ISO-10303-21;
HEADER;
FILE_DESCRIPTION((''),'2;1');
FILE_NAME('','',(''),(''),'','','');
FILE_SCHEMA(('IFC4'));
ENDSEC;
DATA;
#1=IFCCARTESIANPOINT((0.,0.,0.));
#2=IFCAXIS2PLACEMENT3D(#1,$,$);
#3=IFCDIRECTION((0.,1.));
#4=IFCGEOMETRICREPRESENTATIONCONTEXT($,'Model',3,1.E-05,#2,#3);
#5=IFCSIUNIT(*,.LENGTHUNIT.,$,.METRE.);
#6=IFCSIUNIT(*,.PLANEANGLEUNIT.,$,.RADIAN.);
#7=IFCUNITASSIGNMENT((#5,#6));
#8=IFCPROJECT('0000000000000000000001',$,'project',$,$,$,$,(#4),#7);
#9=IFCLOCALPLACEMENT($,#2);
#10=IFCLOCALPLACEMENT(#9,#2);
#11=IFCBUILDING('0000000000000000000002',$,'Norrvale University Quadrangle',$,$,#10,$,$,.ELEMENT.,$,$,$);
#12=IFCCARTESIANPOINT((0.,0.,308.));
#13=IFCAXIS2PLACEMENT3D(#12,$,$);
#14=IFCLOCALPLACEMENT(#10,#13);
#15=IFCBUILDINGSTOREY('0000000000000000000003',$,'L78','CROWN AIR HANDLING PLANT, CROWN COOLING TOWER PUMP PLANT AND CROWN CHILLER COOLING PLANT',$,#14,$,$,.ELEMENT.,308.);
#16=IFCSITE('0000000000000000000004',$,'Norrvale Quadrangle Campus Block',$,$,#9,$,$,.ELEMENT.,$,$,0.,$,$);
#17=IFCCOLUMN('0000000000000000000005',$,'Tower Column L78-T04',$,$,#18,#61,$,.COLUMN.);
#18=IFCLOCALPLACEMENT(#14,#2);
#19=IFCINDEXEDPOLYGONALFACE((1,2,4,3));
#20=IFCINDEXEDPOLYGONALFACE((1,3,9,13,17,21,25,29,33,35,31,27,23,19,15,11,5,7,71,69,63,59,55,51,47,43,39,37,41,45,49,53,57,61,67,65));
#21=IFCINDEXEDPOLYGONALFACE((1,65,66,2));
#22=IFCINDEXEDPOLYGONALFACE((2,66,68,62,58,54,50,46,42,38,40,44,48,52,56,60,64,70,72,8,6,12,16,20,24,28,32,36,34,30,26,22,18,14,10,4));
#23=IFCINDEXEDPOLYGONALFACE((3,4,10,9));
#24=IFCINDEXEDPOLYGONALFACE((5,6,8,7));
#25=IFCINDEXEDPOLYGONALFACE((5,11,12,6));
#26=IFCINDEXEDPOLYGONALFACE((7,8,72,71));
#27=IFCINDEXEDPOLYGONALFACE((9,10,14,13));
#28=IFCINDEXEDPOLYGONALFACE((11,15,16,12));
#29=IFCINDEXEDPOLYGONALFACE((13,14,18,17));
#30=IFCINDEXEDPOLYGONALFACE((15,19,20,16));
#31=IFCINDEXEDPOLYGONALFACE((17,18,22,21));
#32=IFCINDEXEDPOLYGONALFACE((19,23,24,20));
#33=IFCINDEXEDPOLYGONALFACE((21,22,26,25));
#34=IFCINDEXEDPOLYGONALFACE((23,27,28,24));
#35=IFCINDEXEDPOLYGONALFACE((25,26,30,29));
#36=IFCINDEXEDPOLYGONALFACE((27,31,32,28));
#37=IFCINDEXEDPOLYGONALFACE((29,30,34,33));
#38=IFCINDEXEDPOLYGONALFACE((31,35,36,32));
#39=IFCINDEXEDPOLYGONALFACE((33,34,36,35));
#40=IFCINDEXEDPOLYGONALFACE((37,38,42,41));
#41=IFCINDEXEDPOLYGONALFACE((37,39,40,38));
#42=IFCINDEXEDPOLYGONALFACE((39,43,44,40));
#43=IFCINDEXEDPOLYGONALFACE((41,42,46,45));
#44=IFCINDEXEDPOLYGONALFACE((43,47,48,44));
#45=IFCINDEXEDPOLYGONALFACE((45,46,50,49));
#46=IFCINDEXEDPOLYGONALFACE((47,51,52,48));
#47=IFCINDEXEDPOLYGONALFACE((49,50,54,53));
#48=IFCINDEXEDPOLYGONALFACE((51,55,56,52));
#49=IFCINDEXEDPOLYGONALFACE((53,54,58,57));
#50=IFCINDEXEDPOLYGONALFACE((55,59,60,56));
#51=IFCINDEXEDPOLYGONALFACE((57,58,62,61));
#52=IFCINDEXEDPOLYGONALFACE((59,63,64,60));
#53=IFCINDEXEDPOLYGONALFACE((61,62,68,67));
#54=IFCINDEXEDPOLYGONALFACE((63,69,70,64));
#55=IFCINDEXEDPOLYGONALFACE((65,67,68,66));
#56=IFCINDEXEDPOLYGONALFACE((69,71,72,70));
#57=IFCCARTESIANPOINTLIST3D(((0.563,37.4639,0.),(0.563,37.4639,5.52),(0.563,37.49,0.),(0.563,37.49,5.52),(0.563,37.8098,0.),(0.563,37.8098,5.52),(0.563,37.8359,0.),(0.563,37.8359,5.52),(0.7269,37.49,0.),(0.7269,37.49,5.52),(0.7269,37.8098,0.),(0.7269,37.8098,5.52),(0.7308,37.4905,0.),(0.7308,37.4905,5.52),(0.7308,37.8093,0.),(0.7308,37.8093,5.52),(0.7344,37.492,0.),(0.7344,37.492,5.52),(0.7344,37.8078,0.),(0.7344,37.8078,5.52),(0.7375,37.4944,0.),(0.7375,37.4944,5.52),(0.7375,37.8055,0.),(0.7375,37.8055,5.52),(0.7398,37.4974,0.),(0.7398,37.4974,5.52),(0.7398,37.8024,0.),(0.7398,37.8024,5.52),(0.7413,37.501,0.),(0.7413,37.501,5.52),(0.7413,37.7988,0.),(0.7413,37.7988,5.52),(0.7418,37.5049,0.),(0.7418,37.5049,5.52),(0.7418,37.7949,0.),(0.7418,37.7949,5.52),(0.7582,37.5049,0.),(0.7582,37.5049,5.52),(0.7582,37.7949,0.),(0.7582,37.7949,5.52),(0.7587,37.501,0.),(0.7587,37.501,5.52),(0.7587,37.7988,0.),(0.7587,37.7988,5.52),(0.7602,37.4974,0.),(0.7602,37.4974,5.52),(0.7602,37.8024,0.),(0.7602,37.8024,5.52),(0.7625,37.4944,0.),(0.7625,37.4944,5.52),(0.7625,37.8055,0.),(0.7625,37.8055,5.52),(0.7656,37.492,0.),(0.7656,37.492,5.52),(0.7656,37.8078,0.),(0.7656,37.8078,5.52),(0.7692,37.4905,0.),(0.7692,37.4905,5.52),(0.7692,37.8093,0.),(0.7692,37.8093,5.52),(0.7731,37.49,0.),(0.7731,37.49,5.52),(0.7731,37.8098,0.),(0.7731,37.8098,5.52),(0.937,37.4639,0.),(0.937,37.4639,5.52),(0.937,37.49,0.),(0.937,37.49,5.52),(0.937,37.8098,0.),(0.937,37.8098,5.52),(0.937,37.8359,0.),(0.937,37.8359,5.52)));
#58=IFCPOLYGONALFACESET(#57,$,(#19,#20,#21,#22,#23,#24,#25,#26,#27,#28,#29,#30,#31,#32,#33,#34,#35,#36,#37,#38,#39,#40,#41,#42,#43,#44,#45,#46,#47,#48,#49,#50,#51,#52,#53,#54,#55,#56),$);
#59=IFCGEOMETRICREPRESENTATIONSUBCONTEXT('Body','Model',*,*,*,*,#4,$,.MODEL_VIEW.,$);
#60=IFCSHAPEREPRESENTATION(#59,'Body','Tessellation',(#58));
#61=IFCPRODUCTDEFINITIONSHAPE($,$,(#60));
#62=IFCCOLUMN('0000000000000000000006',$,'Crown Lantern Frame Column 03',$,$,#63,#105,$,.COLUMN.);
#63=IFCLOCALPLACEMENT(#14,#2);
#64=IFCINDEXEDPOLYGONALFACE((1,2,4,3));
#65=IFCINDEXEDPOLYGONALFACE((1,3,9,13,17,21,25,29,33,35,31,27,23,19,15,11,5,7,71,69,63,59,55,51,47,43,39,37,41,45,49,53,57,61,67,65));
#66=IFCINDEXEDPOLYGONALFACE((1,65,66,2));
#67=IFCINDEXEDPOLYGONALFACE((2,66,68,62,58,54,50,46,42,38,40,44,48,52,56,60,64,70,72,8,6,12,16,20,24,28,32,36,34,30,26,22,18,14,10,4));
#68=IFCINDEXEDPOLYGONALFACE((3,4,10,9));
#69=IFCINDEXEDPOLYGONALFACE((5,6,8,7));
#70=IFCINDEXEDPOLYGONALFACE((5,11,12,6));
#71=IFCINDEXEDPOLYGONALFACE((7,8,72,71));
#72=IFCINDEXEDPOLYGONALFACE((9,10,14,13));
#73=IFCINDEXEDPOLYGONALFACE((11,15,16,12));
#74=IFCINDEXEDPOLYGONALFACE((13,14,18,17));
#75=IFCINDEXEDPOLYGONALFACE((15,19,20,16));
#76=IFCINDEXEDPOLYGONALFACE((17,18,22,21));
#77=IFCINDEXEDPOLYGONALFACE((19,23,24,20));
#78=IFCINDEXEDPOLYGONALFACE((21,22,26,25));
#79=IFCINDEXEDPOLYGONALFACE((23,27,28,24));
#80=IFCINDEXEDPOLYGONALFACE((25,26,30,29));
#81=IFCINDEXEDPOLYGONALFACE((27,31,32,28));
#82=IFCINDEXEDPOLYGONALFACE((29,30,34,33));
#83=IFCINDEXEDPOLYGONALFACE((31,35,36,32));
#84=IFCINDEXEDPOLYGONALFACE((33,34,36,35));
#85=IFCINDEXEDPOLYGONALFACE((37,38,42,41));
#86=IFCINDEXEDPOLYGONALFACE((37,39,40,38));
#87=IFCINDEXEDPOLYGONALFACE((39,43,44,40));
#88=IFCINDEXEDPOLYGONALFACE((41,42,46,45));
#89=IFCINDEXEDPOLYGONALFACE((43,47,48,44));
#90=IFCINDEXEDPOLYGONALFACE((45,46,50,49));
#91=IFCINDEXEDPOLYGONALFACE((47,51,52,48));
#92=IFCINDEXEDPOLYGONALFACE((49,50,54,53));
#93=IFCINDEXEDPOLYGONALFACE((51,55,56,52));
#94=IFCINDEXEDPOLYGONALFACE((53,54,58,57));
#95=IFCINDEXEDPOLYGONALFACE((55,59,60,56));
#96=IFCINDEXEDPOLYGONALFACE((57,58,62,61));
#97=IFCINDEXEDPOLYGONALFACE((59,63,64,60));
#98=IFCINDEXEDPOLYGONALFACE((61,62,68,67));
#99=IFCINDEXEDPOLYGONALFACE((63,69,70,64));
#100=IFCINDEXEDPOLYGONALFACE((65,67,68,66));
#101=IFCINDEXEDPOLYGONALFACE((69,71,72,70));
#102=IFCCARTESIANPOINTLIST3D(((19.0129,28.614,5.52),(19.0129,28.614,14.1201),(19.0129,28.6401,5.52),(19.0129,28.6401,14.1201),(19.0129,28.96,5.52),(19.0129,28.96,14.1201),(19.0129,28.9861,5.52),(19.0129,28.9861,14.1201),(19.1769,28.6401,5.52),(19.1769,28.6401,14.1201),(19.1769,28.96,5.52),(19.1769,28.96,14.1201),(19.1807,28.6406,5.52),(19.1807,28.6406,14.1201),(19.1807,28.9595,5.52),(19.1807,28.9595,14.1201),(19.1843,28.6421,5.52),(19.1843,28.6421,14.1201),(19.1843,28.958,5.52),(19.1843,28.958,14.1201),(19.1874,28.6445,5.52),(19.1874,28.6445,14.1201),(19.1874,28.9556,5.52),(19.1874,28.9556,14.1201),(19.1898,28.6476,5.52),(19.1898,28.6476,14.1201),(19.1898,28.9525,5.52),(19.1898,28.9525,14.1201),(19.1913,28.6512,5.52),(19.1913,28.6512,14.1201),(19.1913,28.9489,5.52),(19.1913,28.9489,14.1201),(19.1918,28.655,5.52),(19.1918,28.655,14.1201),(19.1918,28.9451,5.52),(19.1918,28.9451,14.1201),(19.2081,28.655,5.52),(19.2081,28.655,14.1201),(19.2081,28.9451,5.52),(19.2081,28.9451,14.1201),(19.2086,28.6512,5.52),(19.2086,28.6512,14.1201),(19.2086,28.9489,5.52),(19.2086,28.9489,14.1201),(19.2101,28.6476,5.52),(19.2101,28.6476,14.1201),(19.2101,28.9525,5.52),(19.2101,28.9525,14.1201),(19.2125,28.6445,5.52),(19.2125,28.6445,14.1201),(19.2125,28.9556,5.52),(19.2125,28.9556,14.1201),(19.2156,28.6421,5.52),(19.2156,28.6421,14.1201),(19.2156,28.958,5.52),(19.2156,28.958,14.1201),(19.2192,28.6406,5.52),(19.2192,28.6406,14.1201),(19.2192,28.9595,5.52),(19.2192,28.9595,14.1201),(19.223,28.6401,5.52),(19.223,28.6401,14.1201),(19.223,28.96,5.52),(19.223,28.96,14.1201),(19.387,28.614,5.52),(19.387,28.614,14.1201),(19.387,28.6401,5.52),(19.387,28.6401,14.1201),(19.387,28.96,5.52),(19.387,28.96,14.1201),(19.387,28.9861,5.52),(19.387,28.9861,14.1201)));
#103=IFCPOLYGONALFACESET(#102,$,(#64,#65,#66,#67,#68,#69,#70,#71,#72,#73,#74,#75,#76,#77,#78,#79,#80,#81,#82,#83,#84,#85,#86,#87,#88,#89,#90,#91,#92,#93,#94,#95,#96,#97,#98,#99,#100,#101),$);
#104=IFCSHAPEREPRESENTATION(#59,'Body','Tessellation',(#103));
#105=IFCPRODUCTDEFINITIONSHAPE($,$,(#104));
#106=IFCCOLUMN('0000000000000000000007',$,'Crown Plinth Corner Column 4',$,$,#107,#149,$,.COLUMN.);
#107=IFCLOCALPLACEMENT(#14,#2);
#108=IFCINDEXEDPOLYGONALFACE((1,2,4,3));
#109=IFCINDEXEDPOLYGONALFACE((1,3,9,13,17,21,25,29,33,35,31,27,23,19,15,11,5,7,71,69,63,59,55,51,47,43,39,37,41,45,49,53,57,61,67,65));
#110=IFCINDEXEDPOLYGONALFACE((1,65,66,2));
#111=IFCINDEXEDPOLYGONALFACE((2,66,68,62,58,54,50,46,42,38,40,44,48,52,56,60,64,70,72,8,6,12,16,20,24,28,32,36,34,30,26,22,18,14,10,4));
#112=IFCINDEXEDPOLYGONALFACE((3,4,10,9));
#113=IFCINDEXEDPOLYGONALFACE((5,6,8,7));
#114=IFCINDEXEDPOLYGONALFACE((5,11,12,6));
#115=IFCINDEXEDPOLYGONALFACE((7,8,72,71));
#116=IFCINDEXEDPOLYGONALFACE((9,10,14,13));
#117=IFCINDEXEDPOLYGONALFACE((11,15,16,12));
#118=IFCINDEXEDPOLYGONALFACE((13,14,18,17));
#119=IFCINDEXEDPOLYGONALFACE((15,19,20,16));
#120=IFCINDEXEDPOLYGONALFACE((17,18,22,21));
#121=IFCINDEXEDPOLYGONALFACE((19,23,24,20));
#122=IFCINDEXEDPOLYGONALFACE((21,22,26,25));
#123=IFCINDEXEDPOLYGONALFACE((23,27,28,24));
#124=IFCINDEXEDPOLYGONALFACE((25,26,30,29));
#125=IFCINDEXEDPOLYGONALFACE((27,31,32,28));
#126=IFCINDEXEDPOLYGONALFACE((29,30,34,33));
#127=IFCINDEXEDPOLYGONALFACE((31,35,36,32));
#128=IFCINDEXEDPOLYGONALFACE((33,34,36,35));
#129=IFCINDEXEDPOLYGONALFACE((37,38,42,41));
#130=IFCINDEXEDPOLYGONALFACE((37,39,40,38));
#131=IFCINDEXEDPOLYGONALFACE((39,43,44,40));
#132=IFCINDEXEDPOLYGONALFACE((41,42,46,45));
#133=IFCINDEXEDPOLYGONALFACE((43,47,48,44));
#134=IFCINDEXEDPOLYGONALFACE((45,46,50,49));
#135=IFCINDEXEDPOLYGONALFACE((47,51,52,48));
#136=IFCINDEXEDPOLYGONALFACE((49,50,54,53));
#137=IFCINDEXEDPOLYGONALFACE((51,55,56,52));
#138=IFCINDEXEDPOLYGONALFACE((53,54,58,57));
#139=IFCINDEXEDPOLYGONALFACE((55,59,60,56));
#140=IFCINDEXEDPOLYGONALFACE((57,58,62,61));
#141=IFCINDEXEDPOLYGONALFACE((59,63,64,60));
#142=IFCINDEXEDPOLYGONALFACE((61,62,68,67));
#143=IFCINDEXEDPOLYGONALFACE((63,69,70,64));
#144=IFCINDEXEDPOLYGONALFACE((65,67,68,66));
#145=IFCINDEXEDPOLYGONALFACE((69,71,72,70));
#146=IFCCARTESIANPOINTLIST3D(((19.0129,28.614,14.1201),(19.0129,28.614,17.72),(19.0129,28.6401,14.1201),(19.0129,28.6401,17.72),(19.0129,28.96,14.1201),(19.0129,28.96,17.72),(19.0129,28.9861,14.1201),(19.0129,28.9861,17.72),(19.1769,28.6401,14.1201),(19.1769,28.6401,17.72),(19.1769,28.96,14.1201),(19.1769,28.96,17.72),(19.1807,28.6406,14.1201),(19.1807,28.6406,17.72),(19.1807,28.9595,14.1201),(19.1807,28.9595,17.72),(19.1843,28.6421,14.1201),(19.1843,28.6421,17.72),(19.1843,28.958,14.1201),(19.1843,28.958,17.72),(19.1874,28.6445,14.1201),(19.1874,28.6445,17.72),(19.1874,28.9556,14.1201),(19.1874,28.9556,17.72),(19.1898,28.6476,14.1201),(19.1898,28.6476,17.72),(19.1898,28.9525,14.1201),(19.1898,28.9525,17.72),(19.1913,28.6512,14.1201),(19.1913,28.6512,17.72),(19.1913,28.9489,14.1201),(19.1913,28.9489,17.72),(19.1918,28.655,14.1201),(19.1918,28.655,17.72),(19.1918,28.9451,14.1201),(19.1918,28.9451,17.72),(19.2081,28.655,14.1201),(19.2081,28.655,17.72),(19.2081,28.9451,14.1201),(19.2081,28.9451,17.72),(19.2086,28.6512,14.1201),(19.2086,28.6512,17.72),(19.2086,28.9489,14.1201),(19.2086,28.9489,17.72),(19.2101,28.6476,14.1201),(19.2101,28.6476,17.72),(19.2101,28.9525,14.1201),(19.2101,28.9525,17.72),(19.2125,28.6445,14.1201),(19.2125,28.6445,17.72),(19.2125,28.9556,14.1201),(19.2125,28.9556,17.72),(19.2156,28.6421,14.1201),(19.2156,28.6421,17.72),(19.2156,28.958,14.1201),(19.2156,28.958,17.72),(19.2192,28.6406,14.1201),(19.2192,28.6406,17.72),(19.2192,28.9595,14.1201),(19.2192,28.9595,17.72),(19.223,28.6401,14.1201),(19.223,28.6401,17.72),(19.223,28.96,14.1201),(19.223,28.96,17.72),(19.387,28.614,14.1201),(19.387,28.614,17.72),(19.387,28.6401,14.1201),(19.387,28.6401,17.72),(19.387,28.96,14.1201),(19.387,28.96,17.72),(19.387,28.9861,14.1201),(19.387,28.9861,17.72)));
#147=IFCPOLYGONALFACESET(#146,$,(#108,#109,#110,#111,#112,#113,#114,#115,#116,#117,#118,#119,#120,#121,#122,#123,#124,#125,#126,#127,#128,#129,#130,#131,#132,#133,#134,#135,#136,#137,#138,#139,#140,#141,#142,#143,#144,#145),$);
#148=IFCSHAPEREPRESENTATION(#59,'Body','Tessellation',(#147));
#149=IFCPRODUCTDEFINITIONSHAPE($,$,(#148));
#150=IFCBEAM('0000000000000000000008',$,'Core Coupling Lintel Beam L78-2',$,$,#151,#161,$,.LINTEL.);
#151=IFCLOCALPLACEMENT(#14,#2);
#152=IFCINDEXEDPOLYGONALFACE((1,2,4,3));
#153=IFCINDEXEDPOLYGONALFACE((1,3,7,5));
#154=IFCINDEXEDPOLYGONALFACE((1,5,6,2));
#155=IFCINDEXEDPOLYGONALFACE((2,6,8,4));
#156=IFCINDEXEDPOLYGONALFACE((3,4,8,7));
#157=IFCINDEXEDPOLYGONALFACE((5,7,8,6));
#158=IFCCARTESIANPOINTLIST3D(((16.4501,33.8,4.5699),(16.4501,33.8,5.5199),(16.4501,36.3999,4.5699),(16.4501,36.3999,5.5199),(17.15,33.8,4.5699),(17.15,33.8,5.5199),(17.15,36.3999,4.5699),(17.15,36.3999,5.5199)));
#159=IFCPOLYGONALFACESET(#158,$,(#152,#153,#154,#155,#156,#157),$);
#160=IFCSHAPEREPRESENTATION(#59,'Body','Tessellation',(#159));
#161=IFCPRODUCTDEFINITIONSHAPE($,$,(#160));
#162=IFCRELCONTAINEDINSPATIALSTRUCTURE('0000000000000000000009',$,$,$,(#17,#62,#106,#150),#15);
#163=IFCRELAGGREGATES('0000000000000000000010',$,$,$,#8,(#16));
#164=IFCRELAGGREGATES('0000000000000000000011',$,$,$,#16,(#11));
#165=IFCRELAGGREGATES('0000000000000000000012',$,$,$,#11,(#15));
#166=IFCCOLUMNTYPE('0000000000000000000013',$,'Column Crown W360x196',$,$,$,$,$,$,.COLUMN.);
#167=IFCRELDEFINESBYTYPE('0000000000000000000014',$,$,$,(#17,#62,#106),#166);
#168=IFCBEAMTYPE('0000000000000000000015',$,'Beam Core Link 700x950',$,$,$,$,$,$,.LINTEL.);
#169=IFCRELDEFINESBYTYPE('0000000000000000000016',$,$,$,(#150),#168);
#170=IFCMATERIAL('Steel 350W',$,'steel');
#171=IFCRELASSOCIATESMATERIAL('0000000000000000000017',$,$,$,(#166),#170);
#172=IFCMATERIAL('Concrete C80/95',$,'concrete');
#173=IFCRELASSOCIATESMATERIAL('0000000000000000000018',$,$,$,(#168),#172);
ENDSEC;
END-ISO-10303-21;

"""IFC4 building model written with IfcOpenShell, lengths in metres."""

from ifc_helpers import new_model, si_unit, direction, frame, origin, origin_2d, place, context, subcontext, project, spatial, rectangle, i_section, extrude, material, material_profile, profile_set, type_object, element, save


model = new_model("IFC4")

# Units and contexts
model_context = context("Model", 3, precision=1e-05, world=origin(), true_north=direction((0.0, 1.0)))
body_context = subcontext(model_context, "Body", "Model", "MODEL_VIEW")
ifc_project = project(units=[si_unit("LENGTHUNIT", "METRE"), si_unit("PLANEANGLEUNIT", "RADIAN")], contexts=[model_context])

# Site, building, storey
site_placement = place(None, origin())
site = spatial("IfcSite", under=ifc_project, at=site_placement, Name="Norrvale Quadrangle Campus Block", CompositionType="ELEMENT", RefElevation=0.0)
building_placement = place(site_placement, origin())
building = spatial("IfcBuilding", under=site, at=building_placement, Name="Norrvale University Quadrangle", CompositionType="ELEMENT")
storey_placement = place(building_placement, frame((0.0, 0.0, 308.0)))
storey = spatial("IfcBuildingStorey", under=building, at=storey_placement, Name="L78", Description="CROWN AIR HANDLING PLANT, CROWN COOLING TOWER PUMP PLANT AND CROWN CHILLER COOLING PLANT", CompositionType="ELEMENT", Elevation=308.0)

# Columns
ifc_material_1 = material(Name="Steel 350W", Category="steel")
ifc_material_profile_1 = material_profile(ifc_material_1, i_section(OverallWidth=0.374, OverallDepth=0.3721, WebThickness=0.0164, FlangeThickness=0.0261, FilletRadius=0.0149, at=origin_2d()), Name="Steel 350W")
ifc_profile_set_1 = profile_set([ifc_material_profile_1], Name="Steel 350W")
column_type = type_object("IfcColumnType", Name="Column Crown W360x196", PredefinedType="COLUMN", material=ifc_profile_set_1)
column_1_placement = place(storey_placement, frame((0.75, 37.6499, 0.0), z_axis=(0.0, 0.0, 1.0), x_axis=(1.0, 0.0, 0.0)))
element("IfcColumn", 1, at=column_1_placement, inside=storey, type_object=column_type, Name="Tower Column L78-T04", PredefinedType="COLUMN", context=body_context, shape_type="SweptSolid", body=[
    extrude(i_section(OverallWidth=0.374, OverallDepth=0.3721, WebThickness=0.0164, FlangeThickness=0.0261, FilletRadius=0.0149, at=origin_2d()), origin(), (0.0, 0.0, 1.0), 5.52),
])
column_2_placement = place(storey_placement, frame((19.2, 28.8, 5.52), z_axis=(0.0, 0.0, 1.0), x_axis=(1.0, 0.0, 0.0)))
element("IfcColumn", 2, at=column_2_placement, inside=storey, type_object=column_type, Name="Crown Lantern Frame Column 03", PredefinedType="COLUMN", context=body_context, shape_type="SweptSolid", body=[
    extrude(i_section(OverallWidth=0.374, OverallDepth=0.3721, WebThickness=0.0164, FlangeThickness=0.0261, FilletRadius=0.0149, at=origin_2d()), origin(), (0.0, 0.0, 1.0), 8.6001),
])
column_3_placement = place(storey_placement, frame((19.2, 28.8, 14.1201), z_axis=(0.0, 0.0, 1.0), x_axis=(1.0, 0.0, 0.0)))
element("IfcColumn", 3, at=column_3_placement, inside=storey, type_object=column_type, Name="Crown Plinth Corner Column 4", PredefinedType="COLUMN", context=body_context, shape_type="SweptSolid", body=[
    extrude(i_section(OverallWidth=0.374, OverallDepth=0.3721, WebThickness=0.0164, FlangeThickness=0.0261, FilletRadius=0.0149, at=origin_2d()), origin(), (0.0, 0.0, 1.0), 3.5999),
])

# Beam
ifc_material_2 = material(Name="Concrete C80/95", Category="concrete")
ifc_material_profile_2 = material_profile(ifc_material_2, rectangle(XDim=0.7, YDim=0.95, at=origin_2d()), Name="Concrete C80/95")
ifc_profile_set_2 = profile_set([ifc_material_profile_2], Name="Concrete C80/95")
beam_type_1 = type_object("IfcBeamType", Name="Beam Core Link 700x950", PredefinedType="LINTEL", material=ifc_profile_set_2)
beam_1_placement = place(storey_placement, frame((16.8, 33.8, 5.0449), z_axis=(0.0, 1.0, 0.0), x_axis=(-1.0, 0.0, 0.0)))
element("IfcBeam", 4, at=beam_1_placement, inside=storey, type_object=beam_type_1, Name="Core Coupling Lintel Beam L78-2", PredefinedType="LINTEL", context=body_context, shape_type="SweptSolid", body=[
    extrude(rectangle(XDim=0.7, YDim=0.95, at=origin_2d()), origin(), (0.0, 0.0, 1.0), 2.5999),
])

save(model, "model.ifc")
